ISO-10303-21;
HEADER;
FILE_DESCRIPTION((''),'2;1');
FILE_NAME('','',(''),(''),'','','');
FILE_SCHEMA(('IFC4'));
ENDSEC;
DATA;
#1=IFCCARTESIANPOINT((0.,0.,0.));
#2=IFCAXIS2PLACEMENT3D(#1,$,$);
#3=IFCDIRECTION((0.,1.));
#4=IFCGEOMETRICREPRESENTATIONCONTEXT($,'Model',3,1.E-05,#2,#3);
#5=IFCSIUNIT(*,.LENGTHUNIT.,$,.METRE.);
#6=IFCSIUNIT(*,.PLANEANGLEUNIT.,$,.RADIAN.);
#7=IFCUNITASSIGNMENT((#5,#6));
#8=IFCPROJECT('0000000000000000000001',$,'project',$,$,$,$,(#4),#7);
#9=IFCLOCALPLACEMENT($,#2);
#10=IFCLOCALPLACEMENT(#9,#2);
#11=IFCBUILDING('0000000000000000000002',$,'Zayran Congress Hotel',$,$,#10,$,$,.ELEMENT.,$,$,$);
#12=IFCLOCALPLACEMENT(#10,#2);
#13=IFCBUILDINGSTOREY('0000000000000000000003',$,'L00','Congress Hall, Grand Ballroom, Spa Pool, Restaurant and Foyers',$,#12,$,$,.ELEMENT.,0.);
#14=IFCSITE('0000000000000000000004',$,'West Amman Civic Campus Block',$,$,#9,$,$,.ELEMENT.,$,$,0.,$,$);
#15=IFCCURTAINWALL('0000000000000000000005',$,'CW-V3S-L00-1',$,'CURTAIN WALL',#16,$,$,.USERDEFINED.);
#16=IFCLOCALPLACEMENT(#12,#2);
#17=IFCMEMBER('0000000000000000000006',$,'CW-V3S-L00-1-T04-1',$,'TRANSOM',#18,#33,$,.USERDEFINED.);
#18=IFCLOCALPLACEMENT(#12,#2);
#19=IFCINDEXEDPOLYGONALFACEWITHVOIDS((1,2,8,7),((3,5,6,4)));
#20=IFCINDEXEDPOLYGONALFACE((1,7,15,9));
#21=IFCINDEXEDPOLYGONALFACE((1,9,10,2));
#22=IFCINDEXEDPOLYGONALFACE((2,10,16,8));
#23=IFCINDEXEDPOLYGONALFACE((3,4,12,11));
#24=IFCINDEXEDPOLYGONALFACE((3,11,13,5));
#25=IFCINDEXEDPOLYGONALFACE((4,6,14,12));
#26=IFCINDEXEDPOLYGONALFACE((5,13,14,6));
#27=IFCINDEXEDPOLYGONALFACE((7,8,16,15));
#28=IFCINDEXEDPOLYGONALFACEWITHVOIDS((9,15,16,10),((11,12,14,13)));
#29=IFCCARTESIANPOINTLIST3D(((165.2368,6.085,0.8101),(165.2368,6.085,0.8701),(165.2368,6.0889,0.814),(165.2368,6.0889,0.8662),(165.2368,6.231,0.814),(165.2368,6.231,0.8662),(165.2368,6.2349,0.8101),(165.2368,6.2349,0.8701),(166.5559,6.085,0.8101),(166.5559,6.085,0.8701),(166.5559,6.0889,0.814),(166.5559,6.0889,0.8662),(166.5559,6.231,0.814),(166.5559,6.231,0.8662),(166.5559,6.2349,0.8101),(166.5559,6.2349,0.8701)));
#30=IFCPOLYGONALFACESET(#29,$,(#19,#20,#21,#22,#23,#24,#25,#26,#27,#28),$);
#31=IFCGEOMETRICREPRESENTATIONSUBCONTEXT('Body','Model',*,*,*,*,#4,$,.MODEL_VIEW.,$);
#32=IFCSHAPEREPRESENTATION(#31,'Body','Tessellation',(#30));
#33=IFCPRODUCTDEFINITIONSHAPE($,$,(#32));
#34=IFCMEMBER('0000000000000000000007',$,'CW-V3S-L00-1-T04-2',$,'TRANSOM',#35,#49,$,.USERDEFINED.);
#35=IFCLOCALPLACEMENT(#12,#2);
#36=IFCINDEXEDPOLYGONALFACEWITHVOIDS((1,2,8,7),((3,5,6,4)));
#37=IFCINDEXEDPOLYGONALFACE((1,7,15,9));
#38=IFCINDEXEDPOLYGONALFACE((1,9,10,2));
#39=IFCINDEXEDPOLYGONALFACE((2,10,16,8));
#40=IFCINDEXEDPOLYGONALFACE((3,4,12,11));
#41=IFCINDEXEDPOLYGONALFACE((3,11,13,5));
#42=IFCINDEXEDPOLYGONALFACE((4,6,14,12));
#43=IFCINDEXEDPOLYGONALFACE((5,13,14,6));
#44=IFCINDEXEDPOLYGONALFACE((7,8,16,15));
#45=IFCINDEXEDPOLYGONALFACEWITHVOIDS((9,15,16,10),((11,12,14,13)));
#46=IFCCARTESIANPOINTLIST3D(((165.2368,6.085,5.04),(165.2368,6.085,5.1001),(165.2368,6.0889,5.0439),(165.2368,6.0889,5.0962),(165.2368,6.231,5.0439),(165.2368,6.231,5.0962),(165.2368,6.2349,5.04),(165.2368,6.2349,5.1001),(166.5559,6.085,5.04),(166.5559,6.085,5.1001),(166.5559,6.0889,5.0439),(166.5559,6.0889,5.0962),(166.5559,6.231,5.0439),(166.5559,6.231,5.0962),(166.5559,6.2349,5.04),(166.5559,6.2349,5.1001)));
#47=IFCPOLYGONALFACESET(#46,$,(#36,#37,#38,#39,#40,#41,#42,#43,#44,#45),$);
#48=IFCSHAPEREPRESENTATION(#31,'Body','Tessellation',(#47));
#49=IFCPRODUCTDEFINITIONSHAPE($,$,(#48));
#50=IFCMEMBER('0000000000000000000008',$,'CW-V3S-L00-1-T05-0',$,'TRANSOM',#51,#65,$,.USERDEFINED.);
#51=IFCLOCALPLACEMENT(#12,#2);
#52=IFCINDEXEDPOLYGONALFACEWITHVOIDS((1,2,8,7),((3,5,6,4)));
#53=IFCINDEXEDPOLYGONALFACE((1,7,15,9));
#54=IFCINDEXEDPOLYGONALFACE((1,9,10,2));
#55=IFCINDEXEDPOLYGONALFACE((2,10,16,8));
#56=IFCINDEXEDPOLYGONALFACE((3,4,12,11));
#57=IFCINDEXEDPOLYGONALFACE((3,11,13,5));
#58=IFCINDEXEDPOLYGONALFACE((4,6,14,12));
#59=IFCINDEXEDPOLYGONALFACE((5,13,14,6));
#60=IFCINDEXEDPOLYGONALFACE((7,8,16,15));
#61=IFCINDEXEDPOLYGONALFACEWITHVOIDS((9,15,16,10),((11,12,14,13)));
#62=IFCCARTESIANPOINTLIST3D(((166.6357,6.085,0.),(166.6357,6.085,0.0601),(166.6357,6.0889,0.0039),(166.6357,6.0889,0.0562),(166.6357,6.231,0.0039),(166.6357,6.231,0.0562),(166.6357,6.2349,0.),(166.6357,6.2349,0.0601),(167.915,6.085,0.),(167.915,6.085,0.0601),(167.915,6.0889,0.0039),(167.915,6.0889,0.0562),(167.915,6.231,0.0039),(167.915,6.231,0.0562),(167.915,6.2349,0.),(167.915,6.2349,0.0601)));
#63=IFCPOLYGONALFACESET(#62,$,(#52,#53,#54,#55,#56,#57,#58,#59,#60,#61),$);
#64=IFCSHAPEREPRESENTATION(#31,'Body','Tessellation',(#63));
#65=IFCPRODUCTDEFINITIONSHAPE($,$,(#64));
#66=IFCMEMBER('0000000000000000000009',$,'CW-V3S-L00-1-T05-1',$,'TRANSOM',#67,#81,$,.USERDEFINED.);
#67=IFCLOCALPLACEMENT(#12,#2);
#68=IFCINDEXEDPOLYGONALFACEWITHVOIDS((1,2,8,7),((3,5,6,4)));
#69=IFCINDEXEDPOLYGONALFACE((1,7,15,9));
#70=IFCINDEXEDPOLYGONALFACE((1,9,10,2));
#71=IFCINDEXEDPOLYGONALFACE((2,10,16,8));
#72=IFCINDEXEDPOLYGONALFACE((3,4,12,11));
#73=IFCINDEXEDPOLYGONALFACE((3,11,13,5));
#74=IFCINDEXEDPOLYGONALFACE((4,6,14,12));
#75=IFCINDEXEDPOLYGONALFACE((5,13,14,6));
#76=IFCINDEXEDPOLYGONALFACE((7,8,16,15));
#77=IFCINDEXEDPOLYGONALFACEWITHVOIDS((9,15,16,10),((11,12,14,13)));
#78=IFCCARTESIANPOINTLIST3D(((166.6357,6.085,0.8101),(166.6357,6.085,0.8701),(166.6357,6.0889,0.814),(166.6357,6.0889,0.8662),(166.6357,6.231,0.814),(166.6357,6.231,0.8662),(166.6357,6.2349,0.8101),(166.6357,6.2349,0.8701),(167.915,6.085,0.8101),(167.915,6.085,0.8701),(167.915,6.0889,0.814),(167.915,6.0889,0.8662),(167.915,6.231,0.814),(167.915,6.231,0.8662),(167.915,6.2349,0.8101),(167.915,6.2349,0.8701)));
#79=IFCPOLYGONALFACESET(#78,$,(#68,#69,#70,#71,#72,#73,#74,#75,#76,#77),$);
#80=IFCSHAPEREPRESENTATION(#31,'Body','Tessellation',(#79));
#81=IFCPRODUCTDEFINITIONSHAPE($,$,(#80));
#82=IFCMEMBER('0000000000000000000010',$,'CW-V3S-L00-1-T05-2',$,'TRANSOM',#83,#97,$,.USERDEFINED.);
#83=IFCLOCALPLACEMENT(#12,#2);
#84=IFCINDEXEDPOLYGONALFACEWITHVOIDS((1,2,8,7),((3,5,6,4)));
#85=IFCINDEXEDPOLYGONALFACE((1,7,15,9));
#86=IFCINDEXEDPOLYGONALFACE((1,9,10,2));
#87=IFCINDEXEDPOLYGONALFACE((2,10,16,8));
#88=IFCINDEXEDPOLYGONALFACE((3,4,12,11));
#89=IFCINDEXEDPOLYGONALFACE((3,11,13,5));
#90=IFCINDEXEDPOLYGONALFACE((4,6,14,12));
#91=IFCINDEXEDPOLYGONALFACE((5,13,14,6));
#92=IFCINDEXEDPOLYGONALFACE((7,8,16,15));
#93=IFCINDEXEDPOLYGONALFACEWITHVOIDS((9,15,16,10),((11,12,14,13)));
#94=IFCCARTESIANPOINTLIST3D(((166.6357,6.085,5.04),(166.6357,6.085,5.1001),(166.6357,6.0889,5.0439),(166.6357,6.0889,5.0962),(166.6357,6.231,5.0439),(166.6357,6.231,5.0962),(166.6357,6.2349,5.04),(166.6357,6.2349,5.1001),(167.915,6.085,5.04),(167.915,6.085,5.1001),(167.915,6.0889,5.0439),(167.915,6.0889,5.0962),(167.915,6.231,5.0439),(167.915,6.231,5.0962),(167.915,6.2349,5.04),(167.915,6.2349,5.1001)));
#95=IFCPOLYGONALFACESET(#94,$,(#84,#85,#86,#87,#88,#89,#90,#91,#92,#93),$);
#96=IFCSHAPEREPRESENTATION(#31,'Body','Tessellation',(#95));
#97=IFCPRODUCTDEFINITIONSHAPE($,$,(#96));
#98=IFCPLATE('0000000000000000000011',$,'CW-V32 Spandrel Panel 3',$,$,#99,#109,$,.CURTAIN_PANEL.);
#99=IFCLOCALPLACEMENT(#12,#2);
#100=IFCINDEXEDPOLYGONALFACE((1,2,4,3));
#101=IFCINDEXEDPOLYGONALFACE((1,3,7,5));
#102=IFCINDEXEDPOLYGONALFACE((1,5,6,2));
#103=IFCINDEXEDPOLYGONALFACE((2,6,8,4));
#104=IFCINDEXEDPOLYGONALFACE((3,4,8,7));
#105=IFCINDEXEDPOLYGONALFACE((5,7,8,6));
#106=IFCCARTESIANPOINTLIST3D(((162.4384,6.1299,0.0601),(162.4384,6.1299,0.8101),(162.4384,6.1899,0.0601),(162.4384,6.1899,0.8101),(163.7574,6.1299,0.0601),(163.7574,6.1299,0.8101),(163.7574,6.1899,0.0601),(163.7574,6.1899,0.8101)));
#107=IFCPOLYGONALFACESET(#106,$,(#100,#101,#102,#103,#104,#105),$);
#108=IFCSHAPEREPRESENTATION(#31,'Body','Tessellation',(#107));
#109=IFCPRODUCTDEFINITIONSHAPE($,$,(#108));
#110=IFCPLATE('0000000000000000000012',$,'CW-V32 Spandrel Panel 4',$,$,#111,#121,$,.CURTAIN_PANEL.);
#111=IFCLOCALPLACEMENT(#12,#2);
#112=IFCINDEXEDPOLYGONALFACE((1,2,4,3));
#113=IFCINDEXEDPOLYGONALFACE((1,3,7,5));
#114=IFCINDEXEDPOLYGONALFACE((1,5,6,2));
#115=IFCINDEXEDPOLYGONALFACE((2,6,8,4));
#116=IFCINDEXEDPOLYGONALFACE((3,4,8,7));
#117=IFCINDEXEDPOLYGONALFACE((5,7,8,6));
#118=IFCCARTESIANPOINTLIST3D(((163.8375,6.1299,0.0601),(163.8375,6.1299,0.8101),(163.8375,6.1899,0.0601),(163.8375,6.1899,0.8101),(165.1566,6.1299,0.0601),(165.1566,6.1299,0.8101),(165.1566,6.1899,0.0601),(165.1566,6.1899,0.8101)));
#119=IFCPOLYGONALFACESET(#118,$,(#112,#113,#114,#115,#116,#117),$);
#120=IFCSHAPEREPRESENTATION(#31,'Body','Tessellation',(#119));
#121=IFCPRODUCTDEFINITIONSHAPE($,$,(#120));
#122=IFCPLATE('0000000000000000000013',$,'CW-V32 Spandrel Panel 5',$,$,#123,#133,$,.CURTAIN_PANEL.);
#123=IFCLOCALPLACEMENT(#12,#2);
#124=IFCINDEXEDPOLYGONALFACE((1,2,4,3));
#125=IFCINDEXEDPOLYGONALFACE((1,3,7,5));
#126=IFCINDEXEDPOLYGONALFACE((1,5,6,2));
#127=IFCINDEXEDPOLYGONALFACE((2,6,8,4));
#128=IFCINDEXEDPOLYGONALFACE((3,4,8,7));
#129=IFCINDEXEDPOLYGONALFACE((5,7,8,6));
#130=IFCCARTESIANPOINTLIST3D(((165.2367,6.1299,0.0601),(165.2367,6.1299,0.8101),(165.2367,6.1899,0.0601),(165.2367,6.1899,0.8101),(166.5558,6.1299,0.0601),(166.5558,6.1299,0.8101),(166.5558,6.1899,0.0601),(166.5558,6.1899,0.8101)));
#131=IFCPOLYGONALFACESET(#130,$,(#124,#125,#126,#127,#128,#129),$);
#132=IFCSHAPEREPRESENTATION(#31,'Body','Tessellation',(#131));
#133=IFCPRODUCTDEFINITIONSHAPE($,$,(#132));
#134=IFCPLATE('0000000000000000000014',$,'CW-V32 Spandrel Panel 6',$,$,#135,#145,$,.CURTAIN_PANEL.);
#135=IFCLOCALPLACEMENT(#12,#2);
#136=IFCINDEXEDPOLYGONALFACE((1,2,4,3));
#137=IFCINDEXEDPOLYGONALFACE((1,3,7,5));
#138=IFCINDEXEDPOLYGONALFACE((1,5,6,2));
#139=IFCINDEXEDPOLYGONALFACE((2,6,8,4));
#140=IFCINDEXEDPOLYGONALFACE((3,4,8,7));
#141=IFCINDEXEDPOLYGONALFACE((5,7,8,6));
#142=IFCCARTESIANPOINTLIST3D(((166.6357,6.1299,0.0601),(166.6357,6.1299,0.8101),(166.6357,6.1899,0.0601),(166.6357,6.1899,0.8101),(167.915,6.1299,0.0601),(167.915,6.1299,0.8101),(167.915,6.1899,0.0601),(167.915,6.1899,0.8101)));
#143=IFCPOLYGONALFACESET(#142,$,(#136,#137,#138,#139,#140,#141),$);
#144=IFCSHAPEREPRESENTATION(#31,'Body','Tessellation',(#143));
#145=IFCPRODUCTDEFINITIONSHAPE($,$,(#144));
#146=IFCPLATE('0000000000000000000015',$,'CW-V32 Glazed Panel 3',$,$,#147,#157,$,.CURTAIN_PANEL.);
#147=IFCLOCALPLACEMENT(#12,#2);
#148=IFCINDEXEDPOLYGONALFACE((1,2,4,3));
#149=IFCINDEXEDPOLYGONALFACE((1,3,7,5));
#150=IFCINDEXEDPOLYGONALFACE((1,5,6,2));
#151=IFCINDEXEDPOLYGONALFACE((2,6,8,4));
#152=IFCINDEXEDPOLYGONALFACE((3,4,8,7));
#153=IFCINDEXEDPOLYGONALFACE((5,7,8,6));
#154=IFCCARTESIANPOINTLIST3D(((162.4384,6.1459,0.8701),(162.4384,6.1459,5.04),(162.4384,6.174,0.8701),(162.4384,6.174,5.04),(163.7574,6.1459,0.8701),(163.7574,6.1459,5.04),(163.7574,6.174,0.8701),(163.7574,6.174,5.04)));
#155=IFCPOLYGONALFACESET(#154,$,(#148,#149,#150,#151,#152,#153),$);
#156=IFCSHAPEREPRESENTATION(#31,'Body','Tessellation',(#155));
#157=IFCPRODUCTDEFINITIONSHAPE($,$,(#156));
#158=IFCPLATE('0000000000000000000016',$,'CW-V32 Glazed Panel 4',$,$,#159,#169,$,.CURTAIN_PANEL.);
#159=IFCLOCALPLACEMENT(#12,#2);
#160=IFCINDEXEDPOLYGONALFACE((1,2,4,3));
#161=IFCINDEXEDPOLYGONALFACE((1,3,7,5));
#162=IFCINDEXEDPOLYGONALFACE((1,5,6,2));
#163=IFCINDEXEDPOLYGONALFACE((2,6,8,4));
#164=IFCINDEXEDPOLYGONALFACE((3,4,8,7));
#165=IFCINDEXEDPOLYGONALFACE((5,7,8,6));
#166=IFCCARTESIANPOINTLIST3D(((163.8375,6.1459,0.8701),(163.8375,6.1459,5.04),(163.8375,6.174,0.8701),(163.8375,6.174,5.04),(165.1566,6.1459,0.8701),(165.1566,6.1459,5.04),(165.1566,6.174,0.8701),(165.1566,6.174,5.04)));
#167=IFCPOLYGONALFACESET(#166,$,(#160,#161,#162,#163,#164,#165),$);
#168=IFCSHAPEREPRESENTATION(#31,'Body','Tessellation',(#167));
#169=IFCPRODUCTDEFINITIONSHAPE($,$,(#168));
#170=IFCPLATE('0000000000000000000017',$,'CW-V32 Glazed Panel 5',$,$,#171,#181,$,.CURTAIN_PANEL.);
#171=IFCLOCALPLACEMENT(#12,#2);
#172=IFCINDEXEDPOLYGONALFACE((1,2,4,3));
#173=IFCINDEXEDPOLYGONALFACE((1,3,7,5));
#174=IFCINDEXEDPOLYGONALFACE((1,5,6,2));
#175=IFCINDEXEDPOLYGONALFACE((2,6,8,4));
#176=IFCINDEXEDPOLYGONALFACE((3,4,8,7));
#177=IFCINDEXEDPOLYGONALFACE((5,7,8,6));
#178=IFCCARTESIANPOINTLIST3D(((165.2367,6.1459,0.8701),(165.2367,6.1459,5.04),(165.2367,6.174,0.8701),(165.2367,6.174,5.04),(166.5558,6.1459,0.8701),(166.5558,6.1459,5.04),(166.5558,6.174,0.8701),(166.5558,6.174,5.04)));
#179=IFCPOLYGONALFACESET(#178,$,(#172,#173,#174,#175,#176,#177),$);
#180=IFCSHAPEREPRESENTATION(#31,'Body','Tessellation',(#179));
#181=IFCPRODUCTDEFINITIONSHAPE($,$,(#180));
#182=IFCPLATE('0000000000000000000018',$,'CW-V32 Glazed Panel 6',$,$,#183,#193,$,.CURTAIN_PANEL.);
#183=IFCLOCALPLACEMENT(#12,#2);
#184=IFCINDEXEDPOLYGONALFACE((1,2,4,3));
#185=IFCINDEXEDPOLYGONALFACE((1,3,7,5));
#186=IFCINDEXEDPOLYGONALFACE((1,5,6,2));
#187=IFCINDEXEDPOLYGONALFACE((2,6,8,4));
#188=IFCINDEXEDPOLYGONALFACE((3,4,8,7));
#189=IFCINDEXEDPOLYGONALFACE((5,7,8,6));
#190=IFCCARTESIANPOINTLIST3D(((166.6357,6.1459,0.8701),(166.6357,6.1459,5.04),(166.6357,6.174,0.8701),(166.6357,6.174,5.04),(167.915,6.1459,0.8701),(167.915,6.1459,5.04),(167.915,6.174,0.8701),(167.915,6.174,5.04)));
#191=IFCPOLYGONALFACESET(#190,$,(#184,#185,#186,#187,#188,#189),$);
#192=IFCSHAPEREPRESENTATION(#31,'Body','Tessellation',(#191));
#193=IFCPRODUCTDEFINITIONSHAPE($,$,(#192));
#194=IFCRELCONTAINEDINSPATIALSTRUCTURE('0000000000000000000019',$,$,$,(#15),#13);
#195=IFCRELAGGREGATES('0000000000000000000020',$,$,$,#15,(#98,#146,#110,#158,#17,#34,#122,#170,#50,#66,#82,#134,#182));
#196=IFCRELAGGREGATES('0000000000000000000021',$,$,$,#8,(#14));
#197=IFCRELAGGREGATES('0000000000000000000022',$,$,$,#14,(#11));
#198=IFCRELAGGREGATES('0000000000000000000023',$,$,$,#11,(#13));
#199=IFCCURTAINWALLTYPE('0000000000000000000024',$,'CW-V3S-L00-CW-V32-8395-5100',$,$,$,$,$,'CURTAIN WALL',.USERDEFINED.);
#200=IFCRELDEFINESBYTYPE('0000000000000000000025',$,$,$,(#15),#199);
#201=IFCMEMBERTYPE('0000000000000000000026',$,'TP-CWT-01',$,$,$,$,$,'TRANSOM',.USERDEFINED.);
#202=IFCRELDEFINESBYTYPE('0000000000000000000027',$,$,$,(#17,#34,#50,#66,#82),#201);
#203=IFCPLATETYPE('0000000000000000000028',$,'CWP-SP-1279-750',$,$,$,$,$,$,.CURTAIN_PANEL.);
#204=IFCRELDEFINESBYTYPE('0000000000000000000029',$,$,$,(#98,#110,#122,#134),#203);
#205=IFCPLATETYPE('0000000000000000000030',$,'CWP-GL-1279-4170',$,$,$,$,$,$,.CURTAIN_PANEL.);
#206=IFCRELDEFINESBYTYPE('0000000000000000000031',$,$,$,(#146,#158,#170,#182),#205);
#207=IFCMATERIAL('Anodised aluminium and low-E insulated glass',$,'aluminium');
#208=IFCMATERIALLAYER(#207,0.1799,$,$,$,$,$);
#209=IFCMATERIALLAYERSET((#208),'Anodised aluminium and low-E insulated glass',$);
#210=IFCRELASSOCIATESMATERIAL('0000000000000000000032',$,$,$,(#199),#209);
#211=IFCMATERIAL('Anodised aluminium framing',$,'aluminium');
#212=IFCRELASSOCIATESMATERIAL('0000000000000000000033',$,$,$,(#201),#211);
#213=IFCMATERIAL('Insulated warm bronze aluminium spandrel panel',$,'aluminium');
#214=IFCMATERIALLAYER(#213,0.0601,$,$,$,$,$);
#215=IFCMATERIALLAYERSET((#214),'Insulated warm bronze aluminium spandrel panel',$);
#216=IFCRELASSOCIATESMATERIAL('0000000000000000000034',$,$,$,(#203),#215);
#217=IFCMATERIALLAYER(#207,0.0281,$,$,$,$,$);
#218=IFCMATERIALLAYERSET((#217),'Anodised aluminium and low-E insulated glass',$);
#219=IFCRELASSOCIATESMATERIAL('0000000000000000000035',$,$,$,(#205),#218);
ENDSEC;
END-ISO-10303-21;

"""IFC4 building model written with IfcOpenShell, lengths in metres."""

from ifc_helpers import new_model, si_unit, direction, frame, origin, origin_2d, place, context, subcontext, project, spatial, rectangle, hollow_rectangle, extrude, material, layer, layer_set, material_profile, profile_set, type_object, element, aggregate, save


model = new_model("IFC4")

# Units and contexts
model_context = context("Model", 3, precision=1e-05, world=origin(), true_north=direction((0.0, 1.0)))
body_context = subcontext(model_context, "Body", "Model", "MODEL_VIEW")
ifc_project = project(units=[si_unit("LENGTHUNIT", "METRE"), si_unit("PLANEANGLEUNIT", "RADIAN")], contexts=[model_context])

# Site, building, storey
site_placement = place(None, origin())
site = spatial("IfcSite", under=ifc_project, at=site_placement, Name="West Amman Civic Campus Block", CompositionType="ELEMENT", RefElevation=0.0)
building_placement = place(site_placement, origin())
building = spatial("IfcBuilding", under=site, at=building_placement, Name="Zayran Congress Hotel", CompositionType="ELEMENT")
storey_placement = place(building_placement, origin())
storey = spatial("IfcBuildingStorey", under=building, at=storey_placement, Name="L00", Description="Congress Hall, Grand Ballroom, Spa Pool, Restaurant and Foyers", CompositionType="ELEMENT", Elevation=0.0)

# Curtain wall, members, plates
ifc_material_1 = material(Name="Anodised aluminium and low-E insulated glass", Category="aluminium")
ifc_layer_1 = layer(ifc_material_1, 0.1799)
ifc_layer_set_1 = layer_set([ifc_layer_1], Name="Anodised aluminium and low-E insulated glass")
curtain_wall_type = type_object("IfcCurtainWallType", Name="CW-V3S-L00-CW-V32-8395-5100", ElementType="CURTAIN WALL", PredefinedType="USERDEFINED", material=ifc_layer_set_1)
curtain_wall_placement = place(storey_placement, origin())
curtain_wall = element("IfcCurtainWall", 1, at=curtain_wall_placement, inside=storey, type_object=curtain_wall_type, Name="CW-V3S-L00-1", ObjectType="CURTAIN WALL", PredefinedType="USERDEFINED")
ifc_material_2 = material(Name="Anodised aluminium framing", Category="aluminium")
ifc_material_profile_1 = material_profile(ifc_material_2, hollow_rectangle(XDim=0.0601, YDim=0.1499, WallThickness=0.0039, at=origin_2d()), Name="RHS 150x60x4")
ifc_profile_set_1 = profile_set([ifc_material_profile_1], Name="Anodised aluminium framing")
member_type_1 = type_object("IfcMemberType", Name="TP-CWT-01", ElementType="TRANSOM", PredefinedType="USERDEFINED", material=ifc_profile_set_1)
member_1_placement = place(storey_placement, frame((165.2368, 6.1599, 0.8401), z_axis=(1.0, 0.0, 0.0), x_axis=(0.0, 0.0, 1.0)))
member_1 = element("IfcMember", 2, at=member_1_placement, type_object=member_type_1, Name="CW-V3S-L00-1-T04-1", ObjectType="TRANSOM", PredefinedType="USERDEFINED", context=body_context, shape_type="SweptSolid", body=[
    extrude(hollow_rectangle(XDim=0.0601, YDim=0.1499, WallThickness=0.0039, at=origin_2d()), origin(), (0.0, 0.0, 1.0), 1.3191),
])
member_2_placement = place(storey_placement, frame((165.2368, 6.1599, 5.0701), z_axis=(1.0, 0.0, 0.0), x_axis=(0.0, 0.0, 1.0)))
member_2 = element("IfcMember", 3, at=member_2_placement, type_object=member_type_1, Name="CW-V3S-L00-1-T04-2", ObjectType="TRANSOM", PredefinedType="USERDEFINED", context=body_context, shape_type="SweptSolid", body=[
    extrude(hollow_rectangle(XDim=0.0601, YDim=0.1499, WallThickness=0.0039, at=origin_2d()), origin(), (0.0, 0.0, 1.0), 1.3191),
])
member_3_placement = place(storey_placement, frame((166.6357, 6.1599, 0.03), z_axis=(1.0, 0.0, 0.0), x_axis=(0.0, 0.0, 1.0)))
member_3 = element("IfcMember", 4, at=member_3_placement, type_object=member_type_1, Name="CW-V3S-L00-1-T05-0", ObjectType="TRANSOM", PredefinedType="USERDEFINED", context=body_context, shape_type="SweptSolid", body=[
    extrude(hollow_rectangle(XDim=0.0601, YDim=0.1499, WallThickness=0.0039, at=origin_2d()), origin(), (0.0, 0.0, 1.0), 1.2793),
])
member_4_placement = place(storey_placement, frame((166.6357, 6.1599, 0.8401), z_axis=(1.0, 0.0, 0.0), x_axis=(0.0, 0.0, 1.0)))
member_4 = element("IfcMember", 5, at=member_4_placement, type_object=member_type_1, Name="CW-V3S-L00-1-T05-1", ObjectType="TRANSOM", PredefinedType="USERDEFINED", context=body_context, shape_type="SweptSolid", body=[
    extrude(hollow_rectangle(XDim=0.0601, YDim=0.1499, WallThickness=0.0039, at=origin_2d()), origin(), (0.0, 0.0, 1.0), 1.2793),
])
member_5_placement = place(storey_placement, frame((166.6357, 6.1599, 5.0701), z_axis=(1.0, 0.0, 0.0), x_axis=(0.0, 0.0, 1.0)))
member_5 = element("IfcMember", 6, at=member_5_placement, type_object=member_type_1, Name="CW-V3S-L00-1-T05-2", ObjectType="TRANSOM", PredefinedType="USERDEFINED", context=body_context, shape_type="SweptSolid", body=[
    extrude(hollow_rectangle(XDim=0.0601, YDim=0.1499, WallThickness=0.0039, at=origin_2d()), origin(), (0.0, 0.0, 1.0), 1.2793),
])
ifc_material_3 = material(Name="Insulated warm bronze aluminium spandrel panel", Category="aluminium")
ifc_layer_2 = layer(ifc_material_3, 0.0601)
ifc_layer_set_2 = layer_set([ifc_layer_2], Name="Insulated warm bronze aluminium spandrel panel")
plate_type_1 = type_object("IfcPlateType", Name="CWP-SP-1279-750", PredefinedType="CURTAIN_PANEL", material=ifc_layer_set_2)
plate_1_placement = place(storey_placement, frame((163.0979, 6.1599, 0.0601), z_axis=(0.0, 0.0, 1.0), x_axis=(1.0, 0.0, 0.0)))
plate_1 = element("IfcPlate", 7, at=plate_1_placement, type_object=plate_type_1, Name="CW-V32 Spandrel Panel 3", PredefinedType="CURTAIN_PANEL", context=body_context, shape_type="SweptSolid", body=[
    extrude(rectangle(XDim=1.3191, YDim=0.0601, at=origin_2d()), origin(), (0.0, 0.0, 1.0), 0.75),
])
plate_2_placement = place(storey_placement, frame((164.4971, 6.1599, 0.0601), z_axis=(0.0, 0.0, 1.0), x_axis=(1.0, 0.0, 0.0)))
plate_2 = element("IfcPlate", 8, at=plate_2_placement, type_object=plate_type_1, Name="CW-V32 Spandrel Panel 4", PredefinedType="CURTAIN_PANEL", context=body_context, shape_type="SweptSolid", body=[
    extrude(rectangle(XDim=1.3191, YDim=0.0601, at=origin_2d()), origin(), (0.0, 0.0, 1.0), 0.75),
])
plate_3_placement = place(storey_placement, frame((165.8962, 6.1599, 0.0601), z_axis=(0.0, 0.0, 1.0), x_axis=(1.0, 0.0, 0.0)))
plate_3 = element("IfcPlate", 9, at=plate_3_placement, type_object=plate_type_1, Name="CW-V32 Spandrel Panel 5", PredefinedType="CURTAIN_PANEL", context=body_context, shape_type="SweptSolid", body=[
    extrude(rectangle(XDim=1.3191, YDim=0.0601, at=origin_2d()), origin(), (0.0, 0.0, 1.0), 0.75),
])
plate_4_placement = place(storey_placement, frame((167.2754, 6.1599, 0.0601), z_axis=(0.0, 0.0, 1.0), x_axis=(1.0, 0.0, 0.0)))
plate_4 = element("IfcPlate", 10, at=plate_4_placement, type_object=plate_type_1, Name="CW-V32 Spandrel Panel 6", PredefinedType="CURTAIN_PANEL", context=body_context, shape_type="SweptSolid", body=[
    extrude(rectangle(XDim=1.2793, YDim=0.0601, at=origin_2d()), origin(), (0.0, 0.0, 1.0), 0.75),
])
ifc_layer_3 = layer(ifc_material_1, 0.0281)
ifc_layer_set_3 = layer_set([ifc_layer_3], Name="Anodised aluminium and low-E insulated glass")
plate_type_2 = type_object("IfcPlateType", Name="CWP-GL-1279-4170", PredefinedType="CURTAIN_PANEL", material=ifc_layer_set_3)
plate_5_placement = place(storey_placement, frame((163.0979, 6.1599, 0.8701), z_axis=(0.0, 0.0, 1.0), x_axis=(1.0, 0.0, 0.0)))
plate_5 = element("IfcPlate", 11, at=plate_5_placement, type_object=plate_type_2, Name="CW-V32 Glazed Panel 3", PredefinedType="CURTAIN_PANEL", context=body_context, shape_type="SweptSolid", body=[
    extrude(rectangle(XDim=1.3191, YDim=0.0281, at=origin_2d()), origin(), (0.0, 0.0, 1.0), 4.1699),
])
plate_6_placement = place(storey_placement, frame((164.4971, 6.1599, 0.8701), z_axis=(0.0, 0.0, 1.0), x_axis=(1.0, 0.0, 0.0)))
plate_6 = element("IfcPlate", 12, at=plate_6_placement, type_object=plate_type_2, Name="CW-V32 Glazed Panel 4", PredefinedType="CURTAIN_PANEL", context=body_context, shape_type="SweptSolid", body=[
    extrude(rectangle(XDim=1.3191, YDim=0.0281, at=origin_2d()), origin(), (0.0, 0.0, 1.0), 4.1699),
])
plate_7_placement = place(storey_placement, frame((165.8962, 6.1599, 0.8701), z_axis=(0.0, 0.0, 1.0), x_axis=(1.0, 0.0, 0.0)))
plate_7 = element("IfcPlate", 13, at=plate_7_placement, type_object=plate_type_2, Name="CW-V32 Glazed Panel 5", PredefinedType="CURTAIN_PANEL", context=body_context, shape_type="SweptSolid", body=[
    extrude(rectangle(XDim=1.3191, YDim=0.0281, at=origin_2d()), origin(), (0.0, 0.0, 1.0), 4.1699),
])
plate_8_placement = place(storey_placement, frame((167.2754, 6.1599, 0.8701), z_axis=(0.0, 0.0, 1.0), x_axis=(1.0, 0.0, 0.0)))
plate_8 = element("IfcPlate", 14, at=plate_8_placement, type_object=plate_type_2, Name="CW-V32 Glazed Panel 6", PredefinedType="CURTAIN_PANEL", context=body_context, shape_type="SweptSolid", body=[
    extrude(rectangle(XDim=1.2793, YDim=0.0281, at=origin_2d()), origin(), (0.0, 0.0, 1.0), 4.1699),
])
aggregate(curtain_wall, [plate_1, plate_5, plate_2, plate_6, member_1, member_2, plate_3, plate_7, member_3, member_4, member_5, plate_4, plate_8])

save(model, "model.ifc")
